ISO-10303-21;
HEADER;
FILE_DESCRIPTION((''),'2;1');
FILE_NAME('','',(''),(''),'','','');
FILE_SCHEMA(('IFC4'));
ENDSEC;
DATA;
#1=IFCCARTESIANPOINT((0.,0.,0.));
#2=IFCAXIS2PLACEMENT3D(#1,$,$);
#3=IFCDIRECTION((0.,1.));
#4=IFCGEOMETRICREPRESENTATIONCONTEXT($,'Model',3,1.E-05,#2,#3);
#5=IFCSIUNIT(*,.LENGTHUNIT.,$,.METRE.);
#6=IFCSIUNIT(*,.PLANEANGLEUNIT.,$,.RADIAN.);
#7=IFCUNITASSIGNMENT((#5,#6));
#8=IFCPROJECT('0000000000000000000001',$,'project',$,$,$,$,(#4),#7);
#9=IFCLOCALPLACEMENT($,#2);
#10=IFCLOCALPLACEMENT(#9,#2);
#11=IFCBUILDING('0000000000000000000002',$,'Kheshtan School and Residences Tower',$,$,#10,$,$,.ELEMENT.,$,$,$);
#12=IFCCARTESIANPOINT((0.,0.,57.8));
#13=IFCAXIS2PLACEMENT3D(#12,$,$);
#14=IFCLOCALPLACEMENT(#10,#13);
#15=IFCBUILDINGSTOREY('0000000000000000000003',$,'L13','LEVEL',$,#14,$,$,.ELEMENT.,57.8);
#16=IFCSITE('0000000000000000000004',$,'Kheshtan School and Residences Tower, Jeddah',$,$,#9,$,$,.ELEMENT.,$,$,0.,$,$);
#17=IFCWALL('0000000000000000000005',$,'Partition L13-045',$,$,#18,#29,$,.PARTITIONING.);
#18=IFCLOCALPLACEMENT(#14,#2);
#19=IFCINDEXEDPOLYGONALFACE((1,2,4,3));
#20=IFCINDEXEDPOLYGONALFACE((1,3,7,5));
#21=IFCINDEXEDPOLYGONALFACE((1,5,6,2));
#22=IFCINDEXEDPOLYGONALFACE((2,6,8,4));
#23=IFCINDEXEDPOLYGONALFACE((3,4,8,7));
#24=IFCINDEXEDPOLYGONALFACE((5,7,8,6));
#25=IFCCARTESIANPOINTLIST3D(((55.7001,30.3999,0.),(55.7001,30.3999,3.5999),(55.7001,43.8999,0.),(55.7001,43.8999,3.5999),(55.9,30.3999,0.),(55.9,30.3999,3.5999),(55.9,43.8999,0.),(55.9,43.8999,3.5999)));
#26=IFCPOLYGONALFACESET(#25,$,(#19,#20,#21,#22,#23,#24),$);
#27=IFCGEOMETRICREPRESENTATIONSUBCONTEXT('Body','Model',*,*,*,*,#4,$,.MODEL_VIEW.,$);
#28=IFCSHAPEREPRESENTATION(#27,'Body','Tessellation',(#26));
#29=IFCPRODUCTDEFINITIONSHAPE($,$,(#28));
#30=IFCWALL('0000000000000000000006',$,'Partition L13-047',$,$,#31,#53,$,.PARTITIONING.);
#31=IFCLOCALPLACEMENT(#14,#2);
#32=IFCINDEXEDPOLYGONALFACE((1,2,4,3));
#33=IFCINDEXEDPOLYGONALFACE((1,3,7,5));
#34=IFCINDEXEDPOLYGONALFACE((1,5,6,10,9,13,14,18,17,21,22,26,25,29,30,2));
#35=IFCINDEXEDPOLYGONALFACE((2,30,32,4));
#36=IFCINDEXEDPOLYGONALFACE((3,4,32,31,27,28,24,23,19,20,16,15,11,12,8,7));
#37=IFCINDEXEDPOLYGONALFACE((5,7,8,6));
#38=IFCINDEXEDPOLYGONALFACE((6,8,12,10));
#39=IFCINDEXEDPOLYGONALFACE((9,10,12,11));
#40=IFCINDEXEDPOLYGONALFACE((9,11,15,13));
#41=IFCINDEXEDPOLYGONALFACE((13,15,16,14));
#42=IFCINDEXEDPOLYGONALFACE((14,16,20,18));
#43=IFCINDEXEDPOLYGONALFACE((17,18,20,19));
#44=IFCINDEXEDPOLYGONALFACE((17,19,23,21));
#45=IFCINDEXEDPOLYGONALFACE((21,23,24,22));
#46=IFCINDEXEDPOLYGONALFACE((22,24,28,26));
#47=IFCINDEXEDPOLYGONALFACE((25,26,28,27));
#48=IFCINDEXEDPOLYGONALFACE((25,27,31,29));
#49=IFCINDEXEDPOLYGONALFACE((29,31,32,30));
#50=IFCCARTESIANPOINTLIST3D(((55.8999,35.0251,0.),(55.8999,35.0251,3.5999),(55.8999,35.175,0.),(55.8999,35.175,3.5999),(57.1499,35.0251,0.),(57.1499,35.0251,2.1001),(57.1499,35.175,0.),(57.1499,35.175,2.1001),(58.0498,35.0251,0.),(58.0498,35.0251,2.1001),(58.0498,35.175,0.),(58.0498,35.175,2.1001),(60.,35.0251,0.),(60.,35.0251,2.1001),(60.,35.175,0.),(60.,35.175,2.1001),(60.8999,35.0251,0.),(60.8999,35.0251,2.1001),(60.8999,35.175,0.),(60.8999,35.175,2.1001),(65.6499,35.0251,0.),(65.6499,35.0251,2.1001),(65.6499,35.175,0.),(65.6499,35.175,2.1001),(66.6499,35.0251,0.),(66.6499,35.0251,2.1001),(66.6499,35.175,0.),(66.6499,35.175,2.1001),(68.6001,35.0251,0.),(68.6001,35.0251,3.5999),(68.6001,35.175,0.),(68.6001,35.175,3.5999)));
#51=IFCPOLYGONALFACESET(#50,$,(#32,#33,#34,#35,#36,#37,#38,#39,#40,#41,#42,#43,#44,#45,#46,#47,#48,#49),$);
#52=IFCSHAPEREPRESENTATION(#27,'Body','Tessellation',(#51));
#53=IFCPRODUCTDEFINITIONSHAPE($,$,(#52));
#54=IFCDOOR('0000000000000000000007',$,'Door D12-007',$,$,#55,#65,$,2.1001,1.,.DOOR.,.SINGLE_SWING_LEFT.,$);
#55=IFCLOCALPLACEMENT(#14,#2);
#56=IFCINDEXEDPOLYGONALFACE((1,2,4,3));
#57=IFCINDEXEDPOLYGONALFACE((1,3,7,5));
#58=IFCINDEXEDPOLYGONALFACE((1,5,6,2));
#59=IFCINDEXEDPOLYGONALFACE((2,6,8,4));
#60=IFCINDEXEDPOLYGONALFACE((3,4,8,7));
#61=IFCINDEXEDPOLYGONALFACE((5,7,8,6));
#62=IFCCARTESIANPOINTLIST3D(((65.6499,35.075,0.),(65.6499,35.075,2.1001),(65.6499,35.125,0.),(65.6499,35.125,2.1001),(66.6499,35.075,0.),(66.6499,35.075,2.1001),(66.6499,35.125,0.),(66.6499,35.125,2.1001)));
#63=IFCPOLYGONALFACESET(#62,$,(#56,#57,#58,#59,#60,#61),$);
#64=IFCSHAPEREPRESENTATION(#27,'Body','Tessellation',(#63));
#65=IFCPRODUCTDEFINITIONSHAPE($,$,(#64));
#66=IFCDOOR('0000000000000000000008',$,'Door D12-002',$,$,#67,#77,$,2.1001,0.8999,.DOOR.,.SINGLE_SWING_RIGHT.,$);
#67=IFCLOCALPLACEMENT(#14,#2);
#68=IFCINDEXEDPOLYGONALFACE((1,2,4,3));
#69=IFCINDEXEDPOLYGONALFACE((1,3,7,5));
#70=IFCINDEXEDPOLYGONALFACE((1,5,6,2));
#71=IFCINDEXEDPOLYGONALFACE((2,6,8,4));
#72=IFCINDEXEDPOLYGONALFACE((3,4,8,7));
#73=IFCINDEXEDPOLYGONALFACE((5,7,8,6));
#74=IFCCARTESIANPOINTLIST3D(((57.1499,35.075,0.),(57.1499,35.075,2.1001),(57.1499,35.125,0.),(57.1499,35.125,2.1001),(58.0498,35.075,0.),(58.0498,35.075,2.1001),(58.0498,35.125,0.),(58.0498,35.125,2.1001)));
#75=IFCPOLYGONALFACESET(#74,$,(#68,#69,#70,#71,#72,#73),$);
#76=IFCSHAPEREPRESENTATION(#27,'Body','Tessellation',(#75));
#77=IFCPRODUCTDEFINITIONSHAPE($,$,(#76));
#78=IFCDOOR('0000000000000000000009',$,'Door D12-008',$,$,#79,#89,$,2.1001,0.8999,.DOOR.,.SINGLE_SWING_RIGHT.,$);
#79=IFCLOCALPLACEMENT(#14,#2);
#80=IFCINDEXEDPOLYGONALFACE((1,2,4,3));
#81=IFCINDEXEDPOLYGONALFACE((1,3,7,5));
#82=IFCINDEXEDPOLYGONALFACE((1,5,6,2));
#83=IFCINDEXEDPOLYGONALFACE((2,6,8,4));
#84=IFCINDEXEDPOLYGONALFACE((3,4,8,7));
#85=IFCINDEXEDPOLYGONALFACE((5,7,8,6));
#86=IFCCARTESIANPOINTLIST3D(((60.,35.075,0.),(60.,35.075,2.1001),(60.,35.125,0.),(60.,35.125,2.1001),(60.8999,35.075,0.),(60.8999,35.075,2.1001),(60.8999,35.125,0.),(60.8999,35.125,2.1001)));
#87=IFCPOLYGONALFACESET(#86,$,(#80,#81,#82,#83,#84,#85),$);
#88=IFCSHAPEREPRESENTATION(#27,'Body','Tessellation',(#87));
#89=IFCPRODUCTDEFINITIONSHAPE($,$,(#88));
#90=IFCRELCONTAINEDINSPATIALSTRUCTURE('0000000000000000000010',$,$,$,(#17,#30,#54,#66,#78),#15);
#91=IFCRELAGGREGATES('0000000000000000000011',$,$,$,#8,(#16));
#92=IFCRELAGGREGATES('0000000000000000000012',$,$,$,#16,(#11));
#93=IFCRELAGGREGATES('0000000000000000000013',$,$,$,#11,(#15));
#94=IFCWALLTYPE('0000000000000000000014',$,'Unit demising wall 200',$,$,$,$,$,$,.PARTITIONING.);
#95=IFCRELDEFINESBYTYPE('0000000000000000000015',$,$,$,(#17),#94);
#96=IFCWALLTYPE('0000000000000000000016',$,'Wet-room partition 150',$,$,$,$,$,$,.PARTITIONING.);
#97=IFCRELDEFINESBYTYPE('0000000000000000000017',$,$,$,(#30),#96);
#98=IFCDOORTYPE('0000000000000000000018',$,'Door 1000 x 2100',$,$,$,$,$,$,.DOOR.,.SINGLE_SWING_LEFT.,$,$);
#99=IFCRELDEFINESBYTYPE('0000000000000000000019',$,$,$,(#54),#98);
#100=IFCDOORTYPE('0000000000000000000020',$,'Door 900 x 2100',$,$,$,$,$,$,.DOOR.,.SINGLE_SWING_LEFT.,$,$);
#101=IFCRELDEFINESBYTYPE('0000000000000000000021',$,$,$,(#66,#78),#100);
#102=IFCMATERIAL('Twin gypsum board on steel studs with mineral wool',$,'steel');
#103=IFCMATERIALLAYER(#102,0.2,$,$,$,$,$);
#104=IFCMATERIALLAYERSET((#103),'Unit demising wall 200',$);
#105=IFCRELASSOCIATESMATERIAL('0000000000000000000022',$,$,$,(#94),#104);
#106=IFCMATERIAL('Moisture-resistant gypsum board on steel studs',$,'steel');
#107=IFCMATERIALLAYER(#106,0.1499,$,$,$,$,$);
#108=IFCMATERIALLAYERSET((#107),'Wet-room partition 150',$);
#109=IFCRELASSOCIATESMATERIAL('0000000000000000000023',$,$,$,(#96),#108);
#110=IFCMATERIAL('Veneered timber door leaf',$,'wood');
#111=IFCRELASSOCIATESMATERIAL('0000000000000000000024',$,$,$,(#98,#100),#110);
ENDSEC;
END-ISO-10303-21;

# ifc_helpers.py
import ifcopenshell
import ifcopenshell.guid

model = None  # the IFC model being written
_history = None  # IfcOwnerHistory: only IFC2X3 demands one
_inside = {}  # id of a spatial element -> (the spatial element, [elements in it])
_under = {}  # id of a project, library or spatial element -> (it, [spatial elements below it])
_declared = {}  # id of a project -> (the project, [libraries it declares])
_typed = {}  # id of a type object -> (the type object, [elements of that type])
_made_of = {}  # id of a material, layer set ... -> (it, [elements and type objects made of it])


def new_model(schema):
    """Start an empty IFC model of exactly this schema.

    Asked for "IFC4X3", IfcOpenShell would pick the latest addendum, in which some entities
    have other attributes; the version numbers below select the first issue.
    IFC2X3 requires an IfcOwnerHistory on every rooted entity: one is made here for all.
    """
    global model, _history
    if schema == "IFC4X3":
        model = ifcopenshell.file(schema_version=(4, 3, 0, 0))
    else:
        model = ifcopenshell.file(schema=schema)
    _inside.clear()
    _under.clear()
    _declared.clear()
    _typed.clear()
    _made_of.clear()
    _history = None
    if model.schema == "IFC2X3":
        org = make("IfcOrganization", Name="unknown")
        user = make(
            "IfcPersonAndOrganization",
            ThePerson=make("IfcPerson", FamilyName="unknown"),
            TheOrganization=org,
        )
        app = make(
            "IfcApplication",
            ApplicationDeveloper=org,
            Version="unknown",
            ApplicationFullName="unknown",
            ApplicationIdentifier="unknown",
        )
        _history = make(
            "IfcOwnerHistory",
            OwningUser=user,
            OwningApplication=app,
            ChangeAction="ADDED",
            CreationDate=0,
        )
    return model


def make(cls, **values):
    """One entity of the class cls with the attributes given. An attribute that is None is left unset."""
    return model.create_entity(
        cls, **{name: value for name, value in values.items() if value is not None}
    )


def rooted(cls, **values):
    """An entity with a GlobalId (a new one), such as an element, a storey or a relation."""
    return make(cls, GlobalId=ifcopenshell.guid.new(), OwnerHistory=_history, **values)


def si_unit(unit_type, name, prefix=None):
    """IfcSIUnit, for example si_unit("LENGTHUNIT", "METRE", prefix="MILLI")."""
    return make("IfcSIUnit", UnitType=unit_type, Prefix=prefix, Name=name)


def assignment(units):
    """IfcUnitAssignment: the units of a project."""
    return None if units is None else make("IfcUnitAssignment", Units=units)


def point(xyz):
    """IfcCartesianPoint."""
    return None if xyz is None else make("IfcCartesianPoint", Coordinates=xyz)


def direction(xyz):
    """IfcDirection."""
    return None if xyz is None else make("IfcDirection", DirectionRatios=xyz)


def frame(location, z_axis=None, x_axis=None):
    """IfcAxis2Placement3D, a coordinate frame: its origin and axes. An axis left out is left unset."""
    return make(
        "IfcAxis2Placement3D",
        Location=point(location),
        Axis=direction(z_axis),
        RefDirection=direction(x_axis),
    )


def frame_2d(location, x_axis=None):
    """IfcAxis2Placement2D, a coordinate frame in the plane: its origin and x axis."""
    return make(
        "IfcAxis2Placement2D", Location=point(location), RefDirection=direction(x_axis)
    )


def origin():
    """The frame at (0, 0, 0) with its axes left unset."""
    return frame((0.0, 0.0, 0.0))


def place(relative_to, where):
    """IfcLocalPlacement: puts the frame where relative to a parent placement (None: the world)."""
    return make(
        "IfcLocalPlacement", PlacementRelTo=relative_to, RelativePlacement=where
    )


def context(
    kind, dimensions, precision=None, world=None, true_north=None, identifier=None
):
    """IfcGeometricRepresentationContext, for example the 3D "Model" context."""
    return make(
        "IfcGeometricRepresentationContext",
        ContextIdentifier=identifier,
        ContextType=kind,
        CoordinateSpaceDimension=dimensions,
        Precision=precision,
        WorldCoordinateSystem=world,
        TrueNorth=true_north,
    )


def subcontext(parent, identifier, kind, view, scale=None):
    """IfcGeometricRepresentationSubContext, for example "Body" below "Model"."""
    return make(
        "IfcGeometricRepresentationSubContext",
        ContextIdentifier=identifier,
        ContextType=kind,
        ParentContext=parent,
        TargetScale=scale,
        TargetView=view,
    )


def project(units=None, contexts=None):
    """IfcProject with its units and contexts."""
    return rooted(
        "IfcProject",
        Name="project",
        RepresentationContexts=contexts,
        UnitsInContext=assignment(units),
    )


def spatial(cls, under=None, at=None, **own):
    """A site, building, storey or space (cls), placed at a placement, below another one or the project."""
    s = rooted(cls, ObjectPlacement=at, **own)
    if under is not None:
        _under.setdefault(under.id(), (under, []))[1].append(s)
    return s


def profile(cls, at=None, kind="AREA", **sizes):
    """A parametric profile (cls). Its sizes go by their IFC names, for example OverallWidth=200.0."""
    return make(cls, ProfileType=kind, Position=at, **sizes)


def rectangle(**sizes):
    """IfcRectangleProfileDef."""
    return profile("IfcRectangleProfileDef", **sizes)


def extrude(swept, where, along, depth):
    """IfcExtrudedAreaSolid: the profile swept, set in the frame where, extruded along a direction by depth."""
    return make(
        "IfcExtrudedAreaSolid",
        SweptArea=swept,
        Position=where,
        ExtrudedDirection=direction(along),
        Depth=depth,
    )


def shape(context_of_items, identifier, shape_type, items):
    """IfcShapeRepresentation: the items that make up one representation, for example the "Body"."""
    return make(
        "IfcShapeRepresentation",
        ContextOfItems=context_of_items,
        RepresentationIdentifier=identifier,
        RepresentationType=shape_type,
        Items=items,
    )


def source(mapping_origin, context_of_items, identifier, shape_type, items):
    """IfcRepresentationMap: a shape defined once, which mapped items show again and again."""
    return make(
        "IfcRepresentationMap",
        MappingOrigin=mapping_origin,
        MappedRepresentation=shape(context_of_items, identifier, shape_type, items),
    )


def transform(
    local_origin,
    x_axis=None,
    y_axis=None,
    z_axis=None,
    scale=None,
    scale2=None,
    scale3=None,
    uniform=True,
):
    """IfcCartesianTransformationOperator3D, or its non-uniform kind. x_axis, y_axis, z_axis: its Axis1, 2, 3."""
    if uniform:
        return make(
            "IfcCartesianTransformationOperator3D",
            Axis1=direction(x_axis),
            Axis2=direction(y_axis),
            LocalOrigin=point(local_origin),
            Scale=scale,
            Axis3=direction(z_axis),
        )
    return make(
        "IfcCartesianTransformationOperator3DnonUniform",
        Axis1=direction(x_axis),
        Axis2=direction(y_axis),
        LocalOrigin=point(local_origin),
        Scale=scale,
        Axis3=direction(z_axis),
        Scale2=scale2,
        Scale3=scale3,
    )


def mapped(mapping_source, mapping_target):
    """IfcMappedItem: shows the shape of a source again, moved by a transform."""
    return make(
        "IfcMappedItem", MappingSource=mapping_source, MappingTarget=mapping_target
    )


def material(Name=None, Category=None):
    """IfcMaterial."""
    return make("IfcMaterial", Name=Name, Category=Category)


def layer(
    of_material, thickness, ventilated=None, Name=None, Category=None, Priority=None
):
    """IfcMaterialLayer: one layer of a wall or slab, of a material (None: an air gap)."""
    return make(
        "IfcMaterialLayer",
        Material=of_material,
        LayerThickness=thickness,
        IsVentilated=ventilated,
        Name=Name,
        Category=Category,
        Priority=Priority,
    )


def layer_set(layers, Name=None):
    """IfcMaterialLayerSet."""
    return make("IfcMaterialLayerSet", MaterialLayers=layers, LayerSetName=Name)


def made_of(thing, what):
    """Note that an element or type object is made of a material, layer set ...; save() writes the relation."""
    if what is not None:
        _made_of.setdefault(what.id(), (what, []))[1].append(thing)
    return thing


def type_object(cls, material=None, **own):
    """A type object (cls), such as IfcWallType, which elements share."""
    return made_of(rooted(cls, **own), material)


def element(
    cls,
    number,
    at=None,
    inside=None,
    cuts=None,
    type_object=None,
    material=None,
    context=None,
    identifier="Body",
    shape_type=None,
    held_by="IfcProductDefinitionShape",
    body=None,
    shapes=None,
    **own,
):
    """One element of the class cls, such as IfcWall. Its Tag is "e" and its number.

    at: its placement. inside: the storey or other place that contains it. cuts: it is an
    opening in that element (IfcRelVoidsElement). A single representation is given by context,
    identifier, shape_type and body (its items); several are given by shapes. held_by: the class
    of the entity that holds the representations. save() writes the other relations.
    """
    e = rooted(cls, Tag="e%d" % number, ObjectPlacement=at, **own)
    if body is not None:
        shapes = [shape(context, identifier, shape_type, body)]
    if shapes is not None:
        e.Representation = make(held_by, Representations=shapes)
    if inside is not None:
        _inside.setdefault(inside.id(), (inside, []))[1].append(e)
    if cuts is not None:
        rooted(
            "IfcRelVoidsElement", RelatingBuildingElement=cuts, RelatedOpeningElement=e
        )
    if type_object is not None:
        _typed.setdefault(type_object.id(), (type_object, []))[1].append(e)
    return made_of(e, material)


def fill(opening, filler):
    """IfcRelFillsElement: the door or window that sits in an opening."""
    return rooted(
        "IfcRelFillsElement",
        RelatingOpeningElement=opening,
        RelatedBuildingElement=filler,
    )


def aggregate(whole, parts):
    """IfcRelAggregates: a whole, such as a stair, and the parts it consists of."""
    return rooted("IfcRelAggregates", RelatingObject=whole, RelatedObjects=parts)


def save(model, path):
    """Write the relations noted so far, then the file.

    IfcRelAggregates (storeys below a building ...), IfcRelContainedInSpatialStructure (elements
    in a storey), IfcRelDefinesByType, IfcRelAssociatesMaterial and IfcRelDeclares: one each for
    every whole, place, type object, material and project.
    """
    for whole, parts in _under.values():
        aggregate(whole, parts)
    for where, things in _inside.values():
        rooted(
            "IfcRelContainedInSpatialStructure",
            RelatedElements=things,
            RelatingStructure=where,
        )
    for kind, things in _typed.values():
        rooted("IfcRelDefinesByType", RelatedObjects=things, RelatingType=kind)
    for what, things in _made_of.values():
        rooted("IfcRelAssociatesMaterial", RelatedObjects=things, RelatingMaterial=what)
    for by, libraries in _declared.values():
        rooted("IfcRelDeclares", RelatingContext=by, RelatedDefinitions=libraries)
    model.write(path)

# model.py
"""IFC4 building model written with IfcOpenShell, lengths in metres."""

from ifc_helpers import new_model, si_unit, direction, frame, frame_2d, origin, place, context, subcontext, project, spatial, rectangle, extrude, source, transform, mapped, material, layer, layer_set, type_object, element, fill, save


model = new_model("IFC4")

# Units and contexts
model_context = context("Model", 3, precision=1e-05, world=origin(), true_north=direction((0.0, 1.0)))
body_context = subcontext(model_context, "Body", "Model", "MODEL_VIEW")
ifc_project = project(units=[si_unit("LENGTHUNIT", "METRE"), si_unit("PLANEANGLEUNIT", "RADIAN")], contexts=[model_context])

# Site, building, storey
site_placement = place(None, origin())
site = spatial("IfcSite", under=ifc_project, at=site_placement, Name="Kheshtan School and Residences Tower, Jeddah", CompositionType="ELEMENT", RefElevation=0.0)
building_placement = place(site_placement, origin())
building = spatial("IfcBuilding", under=site, at=building_placement, Name="Kheshtan School and Residences Tower", CompositionType="ELEMENT")
storey_placement = place(building_placement, frame((0.0, 0.0, 57.8)))
storey = spatial("IfcBuildingStorey", under=building, at=storey_placement, Name="L13", Description="LEVEL", CompositionType="ELEMENT", Elevation=57.8)

# Wall
ifc_material_1 = material(Name="Twin gypsum board on steel studs with mineral wool", Category="steel")
ifc_layer_1 = layer(ifc_material_1, 0.2)
ifc_layer_set_1 = layer_set([ifc_layer_1], Name="Unit demising wall 200")
wall_type_1 = type_object("IfcWallType", Name="Unit demising wall 200", PredefinedType="PARTITIONING", material=ifc_layer_set_1)
wall_1_placement = place(storey_placement, frame((55.8, 30.3999, 0.0), z_axis=(0.0, 0.0, 1.0), x_axis=(0.0, 1.0, 0.0)))
element("IfcWall", 1, at=wall_1_placement, inside=storey, type_object=wall_type_1, Name="Partition L13-045", PredefinedType="PARTITIONING", context=body_context, shape_type="SweptSolid", body=[
    extrude(rectangle(XDim=13.5, YDim=0.2, at=frame_2d((6.75, 0.0))), origin(), (0.0, 0.0, 1.0), 3.5999),
])

# Wall, openings, doors
ifc_material_2 = material(Name="Moisture-resistant gypsum board on steel studs", Category="steel")
ifc_layer_2 = layer(ifc_material_2, 0.1499)
ifc_layer_set_2 = layer_set([ifc_layer_2], Name="Wet-room partition 150")
wall_type_2 = type_object("IfcWallType", Name="Wet-room partition 150", PredefinedType="PARTITIONING", material=ifc_layer_set_2)
wall_2_placement = place(storey_placement, frame((55.8999, 35.1001, 0.0), z_axis=(0.0, 0.0, 1.0), x_axis=(1.0, 0.0, 0.0)))
wall_2 = element("IfcWall", 2, at=wall_2_placement, inside=storey, type_object=wall_type_2, Name="Partition L13-047", PredefinedType="PARTITIONING", context=body_context, shape_type="SweptSolid", body=[
    extrude(rectangle(XDim=12.7002, YDim=0.1499, at=frame_2d((6.3501, 0.0))), origin(), (0.0, 0.0, 1.0), 3.5999),
])
opening_1_placement = place(wall_2_placement, frame((1.25, 0.0, 0.0)))
opening_1 = element("IfcOpeningElement", 3, at=opening_1_placement, cuts=wall_2, PredefinedType="OPENING", context=body_context, shape_type="SweptSolid", body=[
    extrude(rectangle(XDim=0.8999, YDim=2.1001, at=frame_2d((0.45, 1.05))), frame((0.0, 0.085, 0.0), z_axis=(0.0, -1.0, 0.0), x_axis=(1.0, 0.0, 0.0)), (0.0, 0.0, 1.0), 0.1699),
])
opening_2_placement = place(wall_2_placement, frame((9.75, 0.0, 0.0)))
opening_2 = element("IfcOpeningElement", 4, at=opening_2_placement, cuts=wall_2, PredefinedType="OPENING", context=body_context, shape_type="SweptSolid", body=[
    extrude(rectangle(XDim=1.0, YDim=2.1001, at=frame_2d((0.5, 1.05))), frame((0.0, 0.085, 0.0), z_axis=(0.0, -1.0, 0.0), x_axis=(1.0, 0.0, 0.0)), (0.0, 0.0, 1.0), 0.1699),
])
opening_3_placement = place(wall_2_placement, frame((4.1001, 0.0, 0.0)))
opening_3 = element("IfcOpeningElement", 5, at=opening_3_placement, cuts=wall_2, PredefinedType="OPENING", context=body_context, shape_type="SweptSolid", body=[
    extrude(rectangle(XDim=0.8999, YDim=2.1001, at=frame_2d((0.45, 1.05))), frame((0.0, 0.085, 0.0), z_axis=(0.0, -1.0, 0.0), x_axis=(1.0, 0.0, 0.0)), (0.0, 0.0, 1.0), 0.1699),
])
ifc_material_3 = material(Name="Veneered timber door leaf", Category="wood")
door_type_1 = type_object("IfcDoorType", Name="Door 1000 x 2100", OperationType="SINGLE_SWING_LEFT", PredefinedType="DOOR", material=ifc_material_3)
shared_shape_1 = source(origin(), body_context, "Body", "SweptSolid", [
    extrude(rectangle(XDim=1.0, YDim=2.1001, at=frame_2d((0.5, 1.05))), frame((0.0, 0.0249, 0.0), z_axis=(0.0, -1.0, 0.0), x_axis=(1.0, 0.0, 0.0)), (0.0, 0.0, 1.0), 0.05),
])
door_1_placement = place(opening_2_placement, origin())
door_1 = element("IfcDoor", 6, at=door_1_placement, inside=storey, type_object=door_type_1, Name="Door D12-007", OperationType="SINGLE_SWING_LEFT", OverallHeight=2.1001, OverallWidth=1.0, PredefinedType="DOOR", context=body_context, shape_type="MappedRepresentation", body=[
    mapped(shared_shape_1, transform((0.0, 0.0, 0.0), x_axis=(1.0, 0.0, 0.0), y_axis=(0.0, 1.0, 0.0), z_axis=(0.0, 0.0, 1.0), scale=1.0)),
])
fill(opening_2, door_1)
door_type_2 = type_object("IfcDoorType", Name="Door 900 x 2100", OperationType="SINGLE_SWING_LEFT", PredefinedType="DOOR", material=ifc_material_3)
shared_shape_2 = source(origin(), body_context, "Body", "SweptSolid", [
    extrude(rectangle(XDim=0.8999, YDim=2.1001, at=frame_2d((0.45, 1.05))), frame((0.0, 0.0249, 0.0), z_axis=(0.0, -1.0, 0.0), x_axis=(1.0, 0.0, 0.0)), (0.0, 0.0, 1.0), 0.05),
])
door_2_placement = place(opening_1_placement, origin())
door_2 = element("IfcDoor", 7, at=door_2_placement, inside=storey, type_object=door_type_2, Name="Door D12-002", OperationType="SINGLE_SWING_RIGHT", OverallHeight=2.1001, OverallWidth=0.8999, PredefinedType="DOOR", context=body_context, shape_type="MappedRepresentation", body=[
    mapped(shared_shape_2, transform((0.0, 0.0, 0.0), x_axis=(1.0, 0.0, 0.0), y_axis=(0.0, 1.0, 0.0), z_axis=(0.0, 0.0, 1.0), scale=1.0)),
])
fill(opening_1, door_2)
door_3_placement = place(opening_3_placement, origin())
door_3 = element("IfcDoor", 8, at=door_3_placement, inside=storey, type_object=door_type_2, Name="Door D12-008", OperationType="SINGLE_SWING_RIGHT", OverallHeight=2.1001, OverallWidth=0.8999, PredefinedType="DOOR", context=body_context, shape_type="MappedRepresentation", body=[
    mapped(shared_shape_2, transform((0.0, 0.0, 0.0), x_axis=(1.0, 0.0, 0.0), y_axis=(0.0, 1.0, 0.0), z_axis=(0.0, 0.0, 1.0), scale=1.0)),
])
fill(opening_3, door_3)

save(model, "model.ifc")
